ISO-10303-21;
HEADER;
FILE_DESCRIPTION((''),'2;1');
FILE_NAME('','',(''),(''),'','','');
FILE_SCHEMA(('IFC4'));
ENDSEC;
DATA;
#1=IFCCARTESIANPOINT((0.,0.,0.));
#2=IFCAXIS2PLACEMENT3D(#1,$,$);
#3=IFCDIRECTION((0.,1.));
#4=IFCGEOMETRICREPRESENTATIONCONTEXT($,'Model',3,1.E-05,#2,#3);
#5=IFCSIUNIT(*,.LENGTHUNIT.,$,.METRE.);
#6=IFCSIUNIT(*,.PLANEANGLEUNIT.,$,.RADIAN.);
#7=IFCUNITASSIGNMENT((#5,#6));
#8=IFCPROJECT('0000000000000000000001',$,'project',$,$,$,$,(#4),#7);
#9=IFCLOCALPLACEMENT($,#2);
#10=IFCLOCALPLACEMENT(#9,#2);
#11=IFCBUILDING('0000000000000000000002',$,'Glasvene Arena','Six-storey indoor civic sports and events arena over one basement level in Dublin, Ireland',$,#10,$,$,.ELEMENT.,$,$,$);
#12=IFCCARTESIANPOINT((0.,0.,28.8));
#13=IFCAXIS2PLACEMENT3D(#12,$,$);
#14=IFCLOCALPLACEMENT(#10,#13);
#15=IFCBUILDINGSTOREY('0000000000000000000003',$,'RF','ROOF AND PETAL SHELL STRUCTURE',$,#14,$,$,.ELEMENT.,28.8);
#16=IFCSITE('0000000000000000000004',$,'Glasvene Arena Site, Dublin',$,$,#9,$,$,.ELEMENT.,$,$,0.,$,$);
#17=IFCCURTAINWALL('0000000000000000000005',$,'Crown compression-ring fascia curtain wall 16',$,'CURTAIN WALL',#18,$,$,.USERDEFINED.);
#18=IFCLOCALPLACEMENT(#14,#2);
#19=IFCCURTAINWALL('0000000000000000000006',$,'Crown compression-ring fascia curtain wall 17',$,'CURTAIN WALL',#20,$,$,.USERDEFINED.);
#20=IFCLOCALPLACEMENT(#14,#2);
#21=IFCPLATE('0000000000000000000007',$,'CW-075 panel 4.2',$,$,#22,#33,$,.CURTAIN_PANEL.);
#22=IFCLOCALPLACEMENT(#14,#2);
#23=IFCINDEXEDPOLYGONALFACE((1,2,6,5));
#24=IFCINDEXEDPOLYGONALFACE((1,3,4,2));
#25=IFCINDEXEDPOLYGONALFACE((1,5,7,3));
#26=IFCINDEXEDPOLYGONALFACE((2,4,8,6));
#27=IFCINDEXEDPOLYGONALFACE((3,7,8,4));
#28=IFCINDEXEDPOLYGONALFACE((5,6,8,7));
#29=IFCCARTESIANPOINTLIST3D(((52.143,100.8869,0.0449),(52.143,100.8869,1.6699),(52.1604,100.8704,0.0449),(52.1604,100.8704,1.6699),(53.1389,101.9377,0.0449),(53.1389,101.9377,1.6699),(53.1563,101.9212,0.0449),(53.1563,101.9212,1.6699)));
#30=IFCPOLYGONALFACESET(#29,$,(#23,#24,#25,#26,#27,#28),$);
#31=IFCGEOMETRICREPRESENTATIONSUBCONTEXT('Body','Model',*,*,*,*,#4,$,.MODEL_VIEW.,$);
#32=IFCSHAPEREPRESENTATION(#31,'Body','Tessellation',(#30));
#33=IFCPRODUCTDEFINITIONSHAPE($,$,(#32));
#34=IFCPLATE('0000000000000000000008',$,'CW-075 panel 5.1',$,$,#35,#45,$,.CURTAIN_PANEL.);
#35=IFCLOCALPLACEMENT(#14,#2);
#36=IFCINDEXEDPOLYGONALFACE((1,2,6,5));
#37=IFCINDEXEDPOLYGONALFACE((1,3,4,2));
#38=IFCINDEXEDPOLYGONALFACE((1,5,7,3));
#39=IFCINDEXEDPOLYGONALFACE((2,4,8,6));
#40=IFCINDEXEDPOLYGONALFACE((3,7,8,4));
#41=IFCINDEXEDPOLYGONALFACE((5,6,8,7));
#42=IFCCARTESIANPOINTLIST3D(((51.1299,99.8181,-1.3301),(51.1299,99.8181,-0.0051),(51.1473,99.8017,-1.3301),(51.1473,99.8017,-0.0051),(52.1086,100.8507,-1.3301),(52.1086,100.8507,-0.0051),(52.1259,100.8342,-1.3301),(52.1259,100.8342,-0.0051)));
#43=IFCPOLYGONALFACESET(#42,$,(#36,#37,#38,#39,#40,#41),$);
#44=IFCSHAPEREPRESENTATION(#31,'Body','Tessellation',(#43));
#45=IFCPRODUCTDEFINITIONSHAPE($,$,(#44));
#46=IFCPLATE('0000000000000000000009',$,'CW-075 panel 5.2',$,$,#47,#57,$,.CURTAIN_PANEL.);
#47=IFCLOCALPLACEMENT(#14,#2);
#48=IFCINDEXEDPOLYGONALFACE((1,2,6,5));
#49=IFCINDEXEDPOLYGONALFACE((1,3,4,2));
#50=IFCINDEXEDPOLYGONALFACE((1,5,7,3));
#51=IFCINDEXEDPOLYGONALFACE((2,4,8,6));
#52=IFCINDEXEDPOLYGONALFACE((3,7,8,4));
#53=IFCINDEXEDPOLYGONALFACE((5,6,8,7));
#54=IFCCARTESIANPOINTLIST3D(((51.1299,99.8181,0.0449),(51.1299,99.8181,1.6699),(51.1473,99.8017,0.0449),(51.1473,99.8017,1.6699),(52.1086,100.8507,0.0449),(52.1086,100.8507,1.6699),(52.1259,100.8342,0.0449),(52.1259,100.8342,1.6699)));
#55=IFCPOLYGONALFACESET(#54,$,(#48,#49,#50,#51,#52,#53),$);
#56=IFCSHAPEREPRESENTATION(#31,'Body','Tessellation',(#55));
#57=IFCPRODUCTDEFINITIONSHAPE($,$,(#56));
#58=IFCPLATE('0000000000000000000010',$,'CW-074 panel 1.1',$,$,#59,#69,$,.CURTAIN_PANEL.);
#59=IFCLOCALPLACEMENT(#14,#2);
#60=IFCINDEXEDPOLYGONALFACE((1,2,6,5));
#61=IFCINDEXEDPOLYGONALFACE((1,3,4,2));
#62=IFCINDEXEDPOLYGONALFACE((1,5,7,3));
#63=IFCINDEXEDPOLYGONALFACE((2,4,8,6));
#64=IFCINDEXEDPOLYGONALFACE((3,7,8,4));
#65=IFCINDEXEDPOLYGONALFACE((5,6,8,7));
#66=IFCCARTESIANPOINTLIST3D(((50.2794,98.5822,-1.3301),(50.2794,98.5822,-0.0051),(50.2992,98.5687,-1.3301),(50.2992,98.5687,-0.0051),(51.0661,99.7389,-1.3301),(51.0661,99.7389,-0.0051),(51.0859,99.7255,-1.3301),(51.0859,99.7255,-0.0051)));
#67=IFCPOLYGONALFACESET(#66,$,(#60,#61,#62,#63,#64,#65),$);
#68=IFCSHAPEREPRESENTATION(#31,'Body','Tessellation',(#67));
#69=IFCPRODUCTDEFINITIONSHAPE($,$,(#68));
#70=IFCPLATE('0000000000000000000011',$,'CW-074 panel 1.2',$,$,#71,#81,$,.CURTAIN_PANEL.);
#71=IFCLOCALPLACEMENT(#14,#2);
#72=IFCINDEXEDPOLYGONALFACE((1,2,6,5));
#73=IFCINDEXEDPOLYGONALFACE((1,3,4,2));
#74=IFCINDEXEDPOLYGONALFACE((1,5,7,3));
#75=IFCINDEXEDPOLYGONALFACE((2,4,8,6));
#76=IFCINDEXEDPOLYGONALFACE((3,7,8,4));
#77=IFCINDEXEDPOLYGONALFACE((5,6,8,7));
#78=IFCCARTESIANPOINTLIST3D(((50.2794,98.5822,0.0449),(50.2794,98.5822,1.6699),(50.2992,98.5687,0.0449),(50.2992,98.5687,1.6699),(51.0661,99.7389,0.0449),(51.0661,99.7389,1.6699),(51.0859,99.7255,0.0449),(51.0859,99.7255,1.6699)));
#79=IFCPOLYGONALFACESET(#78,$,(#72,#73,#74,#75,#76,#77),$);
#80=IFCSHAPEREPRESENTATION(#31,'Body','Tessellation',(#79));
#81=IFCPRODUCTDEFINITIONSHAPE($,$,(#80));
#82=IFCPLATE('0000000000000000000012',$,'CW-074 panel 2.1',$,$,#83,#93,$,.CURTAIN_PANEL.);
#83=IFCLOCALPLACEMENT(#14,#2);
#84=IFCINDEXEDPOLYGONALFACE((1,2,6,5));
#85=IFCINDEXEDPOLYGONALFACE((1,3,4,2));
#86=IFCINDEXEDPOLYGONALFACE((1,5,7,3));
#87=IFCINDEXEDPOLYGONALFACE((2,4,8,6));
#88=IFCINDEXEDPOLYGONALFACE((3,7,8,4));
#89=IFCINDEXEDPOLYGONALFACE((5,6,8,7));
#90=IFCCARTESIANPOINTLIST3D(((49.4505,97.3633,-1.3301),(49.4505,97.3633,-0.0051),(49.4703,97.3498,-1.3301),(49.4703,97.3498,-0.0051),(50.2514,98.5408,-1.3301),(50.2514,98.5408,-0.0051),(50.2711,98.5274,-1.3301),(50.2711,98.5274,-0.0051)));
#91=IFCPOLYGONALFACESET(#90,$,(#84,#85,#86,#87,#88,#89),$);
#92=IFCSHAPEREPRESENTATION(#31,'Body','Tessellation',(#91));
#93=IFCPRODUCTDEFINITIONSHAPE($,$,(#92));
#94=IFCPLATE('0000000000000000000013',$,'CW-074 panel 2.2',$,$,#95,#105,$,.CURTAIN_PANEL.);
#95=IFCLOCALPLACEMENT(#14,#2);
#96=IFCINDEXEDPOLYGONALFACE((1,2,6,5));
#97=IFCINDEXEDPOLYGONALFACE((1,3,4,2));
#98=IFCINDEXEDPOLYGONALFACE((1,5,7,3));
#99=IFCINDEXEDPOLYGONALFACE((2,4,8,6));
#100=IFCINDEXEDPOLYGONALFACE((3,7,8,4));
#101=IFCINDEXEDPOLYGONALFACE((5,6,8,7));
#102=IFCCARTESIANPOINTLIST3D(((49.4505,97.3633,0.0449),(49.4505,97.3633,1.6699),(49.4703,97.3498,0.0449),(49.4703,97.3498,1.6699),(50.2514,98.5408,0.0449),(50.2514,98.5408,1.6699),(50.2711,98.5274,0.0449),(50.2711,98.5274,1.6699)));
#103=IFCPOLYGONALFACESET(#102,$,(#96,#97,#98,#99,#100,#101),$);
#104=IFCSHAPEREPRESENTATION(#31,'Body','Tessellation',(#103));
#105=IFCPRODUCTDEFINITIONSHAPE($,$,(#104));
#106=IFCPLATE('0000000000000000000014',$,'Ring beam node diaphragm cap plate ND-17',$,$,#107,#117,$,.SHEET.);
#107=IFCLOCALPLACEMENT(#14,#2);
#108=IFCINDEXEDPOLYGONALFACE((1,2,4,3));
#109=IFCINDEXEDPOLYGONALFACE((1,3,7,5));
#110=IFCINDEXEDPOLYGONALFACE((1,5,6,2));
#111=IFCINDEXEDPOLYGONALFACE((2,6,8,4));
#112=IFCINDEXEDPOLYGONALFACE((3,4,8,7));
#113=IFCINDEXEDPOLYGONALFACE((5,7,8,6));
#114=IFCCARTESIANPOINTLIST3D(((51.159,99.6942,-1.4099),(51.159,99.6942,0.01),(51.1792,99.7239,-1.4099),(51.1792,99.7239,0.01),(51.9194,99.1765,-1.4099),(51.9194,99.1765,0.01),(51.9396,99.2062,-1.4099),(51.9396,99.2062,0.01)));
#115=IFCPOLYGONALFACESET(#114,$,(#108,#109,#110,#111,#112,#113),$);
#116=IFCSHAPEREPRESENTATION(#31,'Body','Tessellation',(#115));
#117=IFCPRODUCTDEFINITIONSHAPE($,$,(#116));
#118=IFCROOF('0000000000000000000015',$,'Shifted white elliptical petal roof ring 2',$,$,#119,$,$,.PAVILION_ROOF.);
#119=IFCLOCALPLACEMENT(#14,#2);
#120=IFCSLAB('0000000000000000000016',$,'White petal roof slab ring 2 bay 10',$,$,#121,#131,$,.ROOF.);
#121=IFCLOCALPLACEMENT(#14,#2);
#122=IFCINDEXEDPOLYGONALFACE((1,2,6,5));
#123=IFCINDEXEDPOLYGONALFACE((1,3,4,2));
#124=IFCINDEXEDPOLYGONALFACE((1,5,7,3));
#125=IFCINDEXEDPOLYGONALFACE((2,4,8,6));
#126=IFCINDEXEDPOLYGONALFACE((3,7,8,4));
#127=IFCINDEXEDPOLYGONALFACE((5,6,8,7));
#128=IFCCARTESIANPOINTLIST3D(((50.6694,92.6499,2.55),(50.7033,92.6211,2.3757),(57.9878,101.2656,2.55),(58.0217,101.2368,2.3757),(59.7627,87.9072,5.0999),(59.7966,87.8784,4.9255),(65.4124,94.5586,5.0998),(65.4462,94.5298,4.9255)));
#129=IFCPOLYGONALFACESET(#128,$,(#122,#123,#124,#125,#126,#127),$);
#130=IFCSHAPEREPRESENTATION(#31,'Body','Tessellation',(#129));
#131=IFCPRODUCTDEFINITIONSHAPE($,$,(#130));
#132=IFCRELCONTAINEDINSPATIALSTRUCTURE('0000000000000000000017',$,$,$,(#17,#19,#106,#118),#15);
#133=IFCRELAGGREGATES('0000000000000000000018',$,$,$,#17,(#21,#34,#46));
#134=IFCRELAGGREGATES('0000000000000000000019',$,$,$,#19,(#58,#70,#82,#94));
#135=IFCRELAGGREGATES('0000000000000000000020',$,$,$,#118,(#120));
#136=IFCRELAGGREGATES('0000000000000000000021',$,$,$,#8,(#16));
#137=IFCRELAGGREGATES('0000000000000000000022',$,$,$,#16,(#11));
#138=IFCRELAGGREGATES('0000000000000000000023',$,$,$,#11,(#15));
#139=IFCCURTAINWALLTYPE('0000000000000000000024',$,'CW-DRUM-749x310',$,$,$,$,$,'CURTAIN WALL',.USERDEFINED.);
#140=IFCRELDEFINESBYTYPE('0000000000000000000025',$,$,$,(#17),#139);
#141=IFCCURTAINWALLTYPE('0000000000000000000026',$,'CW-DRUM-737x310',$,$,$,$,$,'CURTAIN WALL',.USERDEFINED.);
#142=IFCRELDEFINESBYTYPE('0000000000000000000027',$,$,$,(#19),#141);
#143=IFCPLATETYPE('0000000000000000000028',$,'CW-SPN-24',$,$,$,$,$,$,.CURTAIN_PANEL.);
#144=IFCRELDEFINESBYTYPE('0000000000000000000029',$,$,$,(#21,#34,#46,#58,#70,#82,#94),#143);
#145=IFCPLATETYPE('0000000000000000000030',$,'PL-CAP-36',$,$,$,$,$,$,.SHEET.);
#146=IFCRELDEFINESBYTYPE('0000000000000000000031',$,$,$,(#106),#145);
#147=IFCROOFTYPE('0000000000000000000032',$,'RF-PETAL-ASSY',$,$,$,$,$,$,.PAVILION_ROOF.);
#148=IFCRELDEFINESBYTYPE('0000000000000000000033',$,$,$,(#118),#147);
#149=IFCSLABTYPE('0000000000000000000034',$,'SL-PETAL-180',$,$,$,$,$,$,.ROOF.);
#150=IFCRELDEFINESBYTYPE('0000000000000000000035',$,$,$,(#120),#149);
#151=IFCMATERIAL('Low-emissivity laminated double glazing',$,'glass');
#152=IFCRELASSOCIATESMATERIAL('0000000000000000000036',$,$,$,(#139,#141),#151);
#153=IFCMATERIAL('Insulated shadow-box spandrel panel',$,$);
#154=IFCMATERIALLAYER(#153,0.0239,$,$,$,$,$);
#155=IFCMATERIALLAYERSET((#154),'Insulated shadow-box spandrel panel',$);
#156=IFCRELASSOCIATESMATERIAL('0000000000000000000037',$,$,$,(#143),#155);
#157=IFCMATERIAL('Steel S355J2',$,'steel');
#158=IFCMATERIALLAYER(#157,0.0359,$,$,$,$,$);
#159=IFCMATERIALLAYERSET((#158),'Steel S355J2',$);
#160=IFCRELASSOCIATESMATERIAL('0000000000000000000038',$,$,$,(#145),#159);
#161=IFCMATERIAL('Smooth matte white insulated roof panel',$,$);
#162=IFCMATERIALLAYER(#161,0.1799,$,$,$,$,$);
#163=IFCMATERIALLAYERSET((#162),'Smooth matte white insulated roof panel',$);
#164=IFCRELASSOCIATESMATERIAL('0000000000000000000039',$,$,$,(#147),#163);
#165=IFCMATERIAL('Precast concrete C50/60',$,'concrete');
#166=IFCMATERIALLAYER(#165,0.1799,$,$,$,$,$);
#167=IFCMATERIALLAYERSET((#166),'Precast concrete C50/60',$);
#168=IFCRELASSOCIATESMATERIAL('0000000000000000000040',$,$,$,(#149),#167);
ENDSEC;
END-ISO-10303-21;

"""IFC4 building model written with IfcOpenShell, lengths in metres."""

from ifc_helpers import new_model, si_unit, direction, frame, origin, origin_2d, place, context, subcontext, project, spatial, polyline, rectangle, outline, extrude, material, layer, layer_set, type_object, element, aggregate, save


model = new_model("IFC4")

# Units and contexts
model_context = context("Model", 3, precision=1e-05, world=origin(), true_north=direction((0.0, 1.0)))
body_context = subcontext(model_context, "Body", "Model", "MODEL_VIEW")
ifc_project = project(units=[si_unit("LENGTHUNIT", "METRE"), si_unit("PLANEANGLEUNIT", "RADIAN")], contexts=[model_context])

# Site, building, storey
site_placement = place(None, origin())
site = spatial("IfcSite", under=ifc_project, at=site_placement, Name="Glasvene Arena Site, Dublin", CompositionType="ELEMENT", RefElevation=0.0)
building_placement = place(site_placement, origin())
building = spatial("IfcBuilding", under=site, at=building_placement, Name="Glasvene Arena", Description="Six-storey indoor civic sports and events arena over one basement level in Dublin, Ireland", CompositionType="ELEMENT")
storey_placement = place(building_placement, frame((0.0, 0.0, 28.8)))
storey = spatial("IfcBuildingStorey", under=building, at=storey_placement, Name="RF", Description="ROOF AND PETAL SHELL STRUCTURE", CompositionType="ELEMENT", Elevation=28.8)

# Shared definitions
ifc_material_1 = material(Name="Steel S355J2", Category="steel")

# Curtain walls
ifc_material_2 = material(Name="Low-emissivity laminated double glazing", Category="glass")
curtain_wall_type_1 = type_object("IfcCurtainWallType", Name="CW-DRUM-749x310", ElementType="CURTAIN WALL", PredefinedType="USERDEFINED", material=ifc_material_2)
curtain_wall_1_placement = place(storey_placement, frame((56.2559, 105.2087, 0.0)))
curtain_wall_1 = element("IfcCurtainWall", 1, at=curtain_wall_1_placement, inside=storey, type_object=curtain_wall_type_1, Name="Crown compression-ring fascia curtain wall 16", ObjectType="CURTAIN WALL", PredefinedType="USERDEFINED")
curtain_wall_type_2 = type_object("IfcCurtainWallType", Name="CW-DRUM-737x310", ElementType="CURTAIN WALL", PredefinedType="USERDEFINED", material=ifc_material_2)
curtain_wall_2_placement = place(storey_placement, frame((51.1042, 99.7737, 0.0)))
curtain_wall_2 = element("IfcCurtainWall", 2, at=curtain_wall_2_placement, inside=storey, type_object=curtain_wall_type_2, Name="Crown compression-ring fascia curtain wall 17", ObjectType="CURTAIN WALL", PredefinedType="USERDEFINED")

# Plates
ifc_material_3 = material(Name="Insulated shadow-box spandrel panel")
ifc_layer_1 = layer(ifc_material_3, 0.0239)
ifc_layer_set_1 = layer_set([ifc_layer_1], Name="Insulated shadow-box spandrel panel")
plate_type_1 = type_object("IfcPlateType", Name="CW-SPN-24", PredefinedType="CURTAIN_PANEL", material=ifc_layer_set_1)
plate_1_placement = place(storey_placement, frame((52.6497, 101.4041, 0.0449), z_axis=(0.0, 0.0, 1.0), x_axis=(-0.687925, -0.725782, 0.0)))
plate_1 = element("IfcPlate", 3, at=plate_1_placement, type_object=plate_type_1, Name="CW-075 panel 4.2", PredefinedType="CURTAIN_PANEL", context=body_context, shape_type="SweptSolid", body=[
    extrude(rectangle(XDim=1.4478, YDim=0.0239, at=origin_2d()), origin(), (0.0, 0.0, 1.0), 1.625),
])
plate_2_placement = place(storey_placement, frame((51.6279, 100.3262, -1.3301), z_axis=(0.0, 0.0, 1.0), x_axis=(-0.687925, -0.725782, 0.0)))
plate_2 = element("IfcPlate", 4, at=plate_2_placement, type_object=plate_type_1, Name="CW-075 panel 5.1", PredefinedType="CURTAIN_PANEL", context=body_context, shape_type="SweptSolid", body=[
    extrude(rectangle(XDim=1.4226, YDim=0.0239, at=origin_2d()), origin(), (0.0, 0.0, 1.0), 1.325),
])
plate_3_placement = place(storey_placement, frame((51.6279, 100.3262, 0.0449), z_axis=(0.0, 0.0, 1.0), x_axis=(-0.687925, -0.725782, 0.0)))
plate_3 = element("IfcPlate", 5, at=plate_3_placement, type_object=plate_type_1, Name="CW-075 panel 5.2", PredefinedType="CURTAIN_PANEL", context=body_context, shape_type="SweptSolid", body=[
    extrude(rectangle(XDim=1.4226, YDim=0.0239, at=origin_2d()), origin(), (0.0, 0.0, 1.0), 1.625),
])
aggregate(curtain_wall_1, [plate_1, plate_2, plate_3])
plate_4_placement = place(storey_placement, frame((50.6826, 99.1538, -1.3301), z_axis=(0.0, 0.0, 1.0), x_axis=(-0.562354, -0.826896, 0.0)))
plate_4 = element("IfcPlate", 6, at=plate_4_placement, type_object=plate_type_1, Name="CW-074 panel 1.1", PredefinedType="CURTAIN_PANEL", context=body_context, shape_type="SweptSolid", body=[
    extrude(rectangle(XDim=1.3989, YDim=0.0239, at=origin_2d()), origin(), (0.0, 0.0, 1.0), 1.325),
])
plate_5_placement = place(storey_placement, frame((50.6826, 99.1538, 0.0449), z_axis=(0.0, 0.0, 1.0), x_axis=(-0.562354, -0.826896, 0.0)))
plate_5 = element("IfcPlate", 7, at=plate_5_placement, type_object=plate_type_1, Name="CW-074 panel 1.2", PredefinedType="CURTAIN_PANEL", context=body_context, shape_type="SweptSolid", body=[
    extrude(rectangle(XDim=1.3989, YDim=0.0239, at=origin_2d()), origin(), (0.0, 0.0, 1.0), 1.625),
])
plate_6_placement = place(storey_placement, frame((49.8608, 97.9453, -1.3301), z_axis=(0.0, 0.0, 1.0), x_axis=(-0.562354, -0.826896, 0.0)))
plate_6 = element("IfcPlate", 8, at=plate_6_placement, type_object=plate_type_1, Name="CW-074 panel 2.1", PredefinedType="CURTAIN_PANEL", context=body_context, shape_type="SweptSolid", body=[
    extrude(rectangle(XDim=1.4241, YDim=0.0239, at=origin_2d()), origin(), (0.0, 0.0, 1.0), 1.325),
])
plate_7_placement = place(storey_placement, frame((49.8608, 97.9453, 0.0449), z_axis=(0.0, 0.0, 1.0), x_axis=(-0.562354, -0.826896, 0.0)))
plate_7 = element("IfcPlate", 9, at=plate_7_placement, type_object=plate_type_1, Name="CW-074 panel 2.2", PredefinedType="CURTAIN_PANEL", context=body_context, shape_type="SweptSolid", body=[
    extrude(rectangle(XDim=1.4241, YDim=0.0239, at=origin_2d()), origin(), (0.0, 0.0, 1.0), 1.625),
])
aggregate(curtain_wall_2, [plate_4, plate_5, plate_6, plate_7])
ifc_layer_2 = layer(ifc_material_1, 0.0359)
ifc_layer_set_2 = layer_set([ifc_layer_2], Name="Steel S355J2")
plate_type_2 = type_object("IfcPlateType", Name="PL-CAP-36", PredefinedType="SHEET", material=ifc_layer_set_2)
plate_8_placement = place(storey_placement, frame((51.5493, 99.4502, -1.4099), z_axis=(0.0, 0.0, 1.0), x_axis=(-0.562805, -0.82659, 0.0)))
element("IfcPlate", 10, at=plate_8_placement, inside=storey, type_object=plate_type_2, Name="Ring beam node diaphragm cap plate ND-17", PredefinedType="SHEET", context=body_context, shape_type="SweptSolid", body=[
    extrude(rectangle(XDim=0.0359, YDim=0.9199, at=origin_2d()), origin(), (0.0, 0.0, 1.0), 1.4199),
])

# Roof, slab
ifc_material_4 = material(Name="Smooth matte white insulated roof panel")
ifc_layer_3 = layer(ifc_material_4, 0.1799)
ifc_layer_set_3 = layer_set([ifc_layer_3], Name="Smooth matte white insulated roof panel")
roof_type = type_object("IfcRoofType", Name="RF-PETAL-ASSY", PredefinedType="PAVILION_ROOF", material=ifc_layer_set_3)
roof_placement = place(storey_placement, frame((90.55, 71.8501, 2.55)))
roof = element("IfcRoof", 11, at=roof_placement, inside=storey, type_object=roof_type, Name="Shifted white elliptical petal roof ring 2", PredefinedType="PAVILION_ROOF")
ifc_material_5 = material(Name="Precast concrete C50/60", Category="concrete")
ifc_layer_4 = layer(ifc_material_5, 0.1799)
ifc_layer_set_4 = layer_set([ifc_layer_4], Name="Precast concrete C50/60")
slab_type = type_object("IfcSlabType", Name="SL-PETAL-180", PredefinedType="ROOF", material=ifc_layer_set_4)
slab_placement = place(storey_placement, frame((57.9878, 101.2656, 2.55), z_axis=(-0.188297, 0.159941, 0.969001), x_axis=(-0.647391, -0.762158, -0.000001)))
slab = element("IfcSlab", 12, at=slab_placement, type_object=slab_type, Name="White petal roof slab ring 2 bay 10", PredefinedType="ROOF", context=body_context, shape_type="SweptSolid", body=[
    extrude(outline(polyline([(0.0, 0.0), (11.3044, 0.0), (9.0322, 10.3208), (0.3052, 10.3207), (0.0, 0.0)])), origin(), (0.0, 0.0, -1.0), 0.1799),
])
aggregate(roof, [slab])

save(model, "model.ifc")
